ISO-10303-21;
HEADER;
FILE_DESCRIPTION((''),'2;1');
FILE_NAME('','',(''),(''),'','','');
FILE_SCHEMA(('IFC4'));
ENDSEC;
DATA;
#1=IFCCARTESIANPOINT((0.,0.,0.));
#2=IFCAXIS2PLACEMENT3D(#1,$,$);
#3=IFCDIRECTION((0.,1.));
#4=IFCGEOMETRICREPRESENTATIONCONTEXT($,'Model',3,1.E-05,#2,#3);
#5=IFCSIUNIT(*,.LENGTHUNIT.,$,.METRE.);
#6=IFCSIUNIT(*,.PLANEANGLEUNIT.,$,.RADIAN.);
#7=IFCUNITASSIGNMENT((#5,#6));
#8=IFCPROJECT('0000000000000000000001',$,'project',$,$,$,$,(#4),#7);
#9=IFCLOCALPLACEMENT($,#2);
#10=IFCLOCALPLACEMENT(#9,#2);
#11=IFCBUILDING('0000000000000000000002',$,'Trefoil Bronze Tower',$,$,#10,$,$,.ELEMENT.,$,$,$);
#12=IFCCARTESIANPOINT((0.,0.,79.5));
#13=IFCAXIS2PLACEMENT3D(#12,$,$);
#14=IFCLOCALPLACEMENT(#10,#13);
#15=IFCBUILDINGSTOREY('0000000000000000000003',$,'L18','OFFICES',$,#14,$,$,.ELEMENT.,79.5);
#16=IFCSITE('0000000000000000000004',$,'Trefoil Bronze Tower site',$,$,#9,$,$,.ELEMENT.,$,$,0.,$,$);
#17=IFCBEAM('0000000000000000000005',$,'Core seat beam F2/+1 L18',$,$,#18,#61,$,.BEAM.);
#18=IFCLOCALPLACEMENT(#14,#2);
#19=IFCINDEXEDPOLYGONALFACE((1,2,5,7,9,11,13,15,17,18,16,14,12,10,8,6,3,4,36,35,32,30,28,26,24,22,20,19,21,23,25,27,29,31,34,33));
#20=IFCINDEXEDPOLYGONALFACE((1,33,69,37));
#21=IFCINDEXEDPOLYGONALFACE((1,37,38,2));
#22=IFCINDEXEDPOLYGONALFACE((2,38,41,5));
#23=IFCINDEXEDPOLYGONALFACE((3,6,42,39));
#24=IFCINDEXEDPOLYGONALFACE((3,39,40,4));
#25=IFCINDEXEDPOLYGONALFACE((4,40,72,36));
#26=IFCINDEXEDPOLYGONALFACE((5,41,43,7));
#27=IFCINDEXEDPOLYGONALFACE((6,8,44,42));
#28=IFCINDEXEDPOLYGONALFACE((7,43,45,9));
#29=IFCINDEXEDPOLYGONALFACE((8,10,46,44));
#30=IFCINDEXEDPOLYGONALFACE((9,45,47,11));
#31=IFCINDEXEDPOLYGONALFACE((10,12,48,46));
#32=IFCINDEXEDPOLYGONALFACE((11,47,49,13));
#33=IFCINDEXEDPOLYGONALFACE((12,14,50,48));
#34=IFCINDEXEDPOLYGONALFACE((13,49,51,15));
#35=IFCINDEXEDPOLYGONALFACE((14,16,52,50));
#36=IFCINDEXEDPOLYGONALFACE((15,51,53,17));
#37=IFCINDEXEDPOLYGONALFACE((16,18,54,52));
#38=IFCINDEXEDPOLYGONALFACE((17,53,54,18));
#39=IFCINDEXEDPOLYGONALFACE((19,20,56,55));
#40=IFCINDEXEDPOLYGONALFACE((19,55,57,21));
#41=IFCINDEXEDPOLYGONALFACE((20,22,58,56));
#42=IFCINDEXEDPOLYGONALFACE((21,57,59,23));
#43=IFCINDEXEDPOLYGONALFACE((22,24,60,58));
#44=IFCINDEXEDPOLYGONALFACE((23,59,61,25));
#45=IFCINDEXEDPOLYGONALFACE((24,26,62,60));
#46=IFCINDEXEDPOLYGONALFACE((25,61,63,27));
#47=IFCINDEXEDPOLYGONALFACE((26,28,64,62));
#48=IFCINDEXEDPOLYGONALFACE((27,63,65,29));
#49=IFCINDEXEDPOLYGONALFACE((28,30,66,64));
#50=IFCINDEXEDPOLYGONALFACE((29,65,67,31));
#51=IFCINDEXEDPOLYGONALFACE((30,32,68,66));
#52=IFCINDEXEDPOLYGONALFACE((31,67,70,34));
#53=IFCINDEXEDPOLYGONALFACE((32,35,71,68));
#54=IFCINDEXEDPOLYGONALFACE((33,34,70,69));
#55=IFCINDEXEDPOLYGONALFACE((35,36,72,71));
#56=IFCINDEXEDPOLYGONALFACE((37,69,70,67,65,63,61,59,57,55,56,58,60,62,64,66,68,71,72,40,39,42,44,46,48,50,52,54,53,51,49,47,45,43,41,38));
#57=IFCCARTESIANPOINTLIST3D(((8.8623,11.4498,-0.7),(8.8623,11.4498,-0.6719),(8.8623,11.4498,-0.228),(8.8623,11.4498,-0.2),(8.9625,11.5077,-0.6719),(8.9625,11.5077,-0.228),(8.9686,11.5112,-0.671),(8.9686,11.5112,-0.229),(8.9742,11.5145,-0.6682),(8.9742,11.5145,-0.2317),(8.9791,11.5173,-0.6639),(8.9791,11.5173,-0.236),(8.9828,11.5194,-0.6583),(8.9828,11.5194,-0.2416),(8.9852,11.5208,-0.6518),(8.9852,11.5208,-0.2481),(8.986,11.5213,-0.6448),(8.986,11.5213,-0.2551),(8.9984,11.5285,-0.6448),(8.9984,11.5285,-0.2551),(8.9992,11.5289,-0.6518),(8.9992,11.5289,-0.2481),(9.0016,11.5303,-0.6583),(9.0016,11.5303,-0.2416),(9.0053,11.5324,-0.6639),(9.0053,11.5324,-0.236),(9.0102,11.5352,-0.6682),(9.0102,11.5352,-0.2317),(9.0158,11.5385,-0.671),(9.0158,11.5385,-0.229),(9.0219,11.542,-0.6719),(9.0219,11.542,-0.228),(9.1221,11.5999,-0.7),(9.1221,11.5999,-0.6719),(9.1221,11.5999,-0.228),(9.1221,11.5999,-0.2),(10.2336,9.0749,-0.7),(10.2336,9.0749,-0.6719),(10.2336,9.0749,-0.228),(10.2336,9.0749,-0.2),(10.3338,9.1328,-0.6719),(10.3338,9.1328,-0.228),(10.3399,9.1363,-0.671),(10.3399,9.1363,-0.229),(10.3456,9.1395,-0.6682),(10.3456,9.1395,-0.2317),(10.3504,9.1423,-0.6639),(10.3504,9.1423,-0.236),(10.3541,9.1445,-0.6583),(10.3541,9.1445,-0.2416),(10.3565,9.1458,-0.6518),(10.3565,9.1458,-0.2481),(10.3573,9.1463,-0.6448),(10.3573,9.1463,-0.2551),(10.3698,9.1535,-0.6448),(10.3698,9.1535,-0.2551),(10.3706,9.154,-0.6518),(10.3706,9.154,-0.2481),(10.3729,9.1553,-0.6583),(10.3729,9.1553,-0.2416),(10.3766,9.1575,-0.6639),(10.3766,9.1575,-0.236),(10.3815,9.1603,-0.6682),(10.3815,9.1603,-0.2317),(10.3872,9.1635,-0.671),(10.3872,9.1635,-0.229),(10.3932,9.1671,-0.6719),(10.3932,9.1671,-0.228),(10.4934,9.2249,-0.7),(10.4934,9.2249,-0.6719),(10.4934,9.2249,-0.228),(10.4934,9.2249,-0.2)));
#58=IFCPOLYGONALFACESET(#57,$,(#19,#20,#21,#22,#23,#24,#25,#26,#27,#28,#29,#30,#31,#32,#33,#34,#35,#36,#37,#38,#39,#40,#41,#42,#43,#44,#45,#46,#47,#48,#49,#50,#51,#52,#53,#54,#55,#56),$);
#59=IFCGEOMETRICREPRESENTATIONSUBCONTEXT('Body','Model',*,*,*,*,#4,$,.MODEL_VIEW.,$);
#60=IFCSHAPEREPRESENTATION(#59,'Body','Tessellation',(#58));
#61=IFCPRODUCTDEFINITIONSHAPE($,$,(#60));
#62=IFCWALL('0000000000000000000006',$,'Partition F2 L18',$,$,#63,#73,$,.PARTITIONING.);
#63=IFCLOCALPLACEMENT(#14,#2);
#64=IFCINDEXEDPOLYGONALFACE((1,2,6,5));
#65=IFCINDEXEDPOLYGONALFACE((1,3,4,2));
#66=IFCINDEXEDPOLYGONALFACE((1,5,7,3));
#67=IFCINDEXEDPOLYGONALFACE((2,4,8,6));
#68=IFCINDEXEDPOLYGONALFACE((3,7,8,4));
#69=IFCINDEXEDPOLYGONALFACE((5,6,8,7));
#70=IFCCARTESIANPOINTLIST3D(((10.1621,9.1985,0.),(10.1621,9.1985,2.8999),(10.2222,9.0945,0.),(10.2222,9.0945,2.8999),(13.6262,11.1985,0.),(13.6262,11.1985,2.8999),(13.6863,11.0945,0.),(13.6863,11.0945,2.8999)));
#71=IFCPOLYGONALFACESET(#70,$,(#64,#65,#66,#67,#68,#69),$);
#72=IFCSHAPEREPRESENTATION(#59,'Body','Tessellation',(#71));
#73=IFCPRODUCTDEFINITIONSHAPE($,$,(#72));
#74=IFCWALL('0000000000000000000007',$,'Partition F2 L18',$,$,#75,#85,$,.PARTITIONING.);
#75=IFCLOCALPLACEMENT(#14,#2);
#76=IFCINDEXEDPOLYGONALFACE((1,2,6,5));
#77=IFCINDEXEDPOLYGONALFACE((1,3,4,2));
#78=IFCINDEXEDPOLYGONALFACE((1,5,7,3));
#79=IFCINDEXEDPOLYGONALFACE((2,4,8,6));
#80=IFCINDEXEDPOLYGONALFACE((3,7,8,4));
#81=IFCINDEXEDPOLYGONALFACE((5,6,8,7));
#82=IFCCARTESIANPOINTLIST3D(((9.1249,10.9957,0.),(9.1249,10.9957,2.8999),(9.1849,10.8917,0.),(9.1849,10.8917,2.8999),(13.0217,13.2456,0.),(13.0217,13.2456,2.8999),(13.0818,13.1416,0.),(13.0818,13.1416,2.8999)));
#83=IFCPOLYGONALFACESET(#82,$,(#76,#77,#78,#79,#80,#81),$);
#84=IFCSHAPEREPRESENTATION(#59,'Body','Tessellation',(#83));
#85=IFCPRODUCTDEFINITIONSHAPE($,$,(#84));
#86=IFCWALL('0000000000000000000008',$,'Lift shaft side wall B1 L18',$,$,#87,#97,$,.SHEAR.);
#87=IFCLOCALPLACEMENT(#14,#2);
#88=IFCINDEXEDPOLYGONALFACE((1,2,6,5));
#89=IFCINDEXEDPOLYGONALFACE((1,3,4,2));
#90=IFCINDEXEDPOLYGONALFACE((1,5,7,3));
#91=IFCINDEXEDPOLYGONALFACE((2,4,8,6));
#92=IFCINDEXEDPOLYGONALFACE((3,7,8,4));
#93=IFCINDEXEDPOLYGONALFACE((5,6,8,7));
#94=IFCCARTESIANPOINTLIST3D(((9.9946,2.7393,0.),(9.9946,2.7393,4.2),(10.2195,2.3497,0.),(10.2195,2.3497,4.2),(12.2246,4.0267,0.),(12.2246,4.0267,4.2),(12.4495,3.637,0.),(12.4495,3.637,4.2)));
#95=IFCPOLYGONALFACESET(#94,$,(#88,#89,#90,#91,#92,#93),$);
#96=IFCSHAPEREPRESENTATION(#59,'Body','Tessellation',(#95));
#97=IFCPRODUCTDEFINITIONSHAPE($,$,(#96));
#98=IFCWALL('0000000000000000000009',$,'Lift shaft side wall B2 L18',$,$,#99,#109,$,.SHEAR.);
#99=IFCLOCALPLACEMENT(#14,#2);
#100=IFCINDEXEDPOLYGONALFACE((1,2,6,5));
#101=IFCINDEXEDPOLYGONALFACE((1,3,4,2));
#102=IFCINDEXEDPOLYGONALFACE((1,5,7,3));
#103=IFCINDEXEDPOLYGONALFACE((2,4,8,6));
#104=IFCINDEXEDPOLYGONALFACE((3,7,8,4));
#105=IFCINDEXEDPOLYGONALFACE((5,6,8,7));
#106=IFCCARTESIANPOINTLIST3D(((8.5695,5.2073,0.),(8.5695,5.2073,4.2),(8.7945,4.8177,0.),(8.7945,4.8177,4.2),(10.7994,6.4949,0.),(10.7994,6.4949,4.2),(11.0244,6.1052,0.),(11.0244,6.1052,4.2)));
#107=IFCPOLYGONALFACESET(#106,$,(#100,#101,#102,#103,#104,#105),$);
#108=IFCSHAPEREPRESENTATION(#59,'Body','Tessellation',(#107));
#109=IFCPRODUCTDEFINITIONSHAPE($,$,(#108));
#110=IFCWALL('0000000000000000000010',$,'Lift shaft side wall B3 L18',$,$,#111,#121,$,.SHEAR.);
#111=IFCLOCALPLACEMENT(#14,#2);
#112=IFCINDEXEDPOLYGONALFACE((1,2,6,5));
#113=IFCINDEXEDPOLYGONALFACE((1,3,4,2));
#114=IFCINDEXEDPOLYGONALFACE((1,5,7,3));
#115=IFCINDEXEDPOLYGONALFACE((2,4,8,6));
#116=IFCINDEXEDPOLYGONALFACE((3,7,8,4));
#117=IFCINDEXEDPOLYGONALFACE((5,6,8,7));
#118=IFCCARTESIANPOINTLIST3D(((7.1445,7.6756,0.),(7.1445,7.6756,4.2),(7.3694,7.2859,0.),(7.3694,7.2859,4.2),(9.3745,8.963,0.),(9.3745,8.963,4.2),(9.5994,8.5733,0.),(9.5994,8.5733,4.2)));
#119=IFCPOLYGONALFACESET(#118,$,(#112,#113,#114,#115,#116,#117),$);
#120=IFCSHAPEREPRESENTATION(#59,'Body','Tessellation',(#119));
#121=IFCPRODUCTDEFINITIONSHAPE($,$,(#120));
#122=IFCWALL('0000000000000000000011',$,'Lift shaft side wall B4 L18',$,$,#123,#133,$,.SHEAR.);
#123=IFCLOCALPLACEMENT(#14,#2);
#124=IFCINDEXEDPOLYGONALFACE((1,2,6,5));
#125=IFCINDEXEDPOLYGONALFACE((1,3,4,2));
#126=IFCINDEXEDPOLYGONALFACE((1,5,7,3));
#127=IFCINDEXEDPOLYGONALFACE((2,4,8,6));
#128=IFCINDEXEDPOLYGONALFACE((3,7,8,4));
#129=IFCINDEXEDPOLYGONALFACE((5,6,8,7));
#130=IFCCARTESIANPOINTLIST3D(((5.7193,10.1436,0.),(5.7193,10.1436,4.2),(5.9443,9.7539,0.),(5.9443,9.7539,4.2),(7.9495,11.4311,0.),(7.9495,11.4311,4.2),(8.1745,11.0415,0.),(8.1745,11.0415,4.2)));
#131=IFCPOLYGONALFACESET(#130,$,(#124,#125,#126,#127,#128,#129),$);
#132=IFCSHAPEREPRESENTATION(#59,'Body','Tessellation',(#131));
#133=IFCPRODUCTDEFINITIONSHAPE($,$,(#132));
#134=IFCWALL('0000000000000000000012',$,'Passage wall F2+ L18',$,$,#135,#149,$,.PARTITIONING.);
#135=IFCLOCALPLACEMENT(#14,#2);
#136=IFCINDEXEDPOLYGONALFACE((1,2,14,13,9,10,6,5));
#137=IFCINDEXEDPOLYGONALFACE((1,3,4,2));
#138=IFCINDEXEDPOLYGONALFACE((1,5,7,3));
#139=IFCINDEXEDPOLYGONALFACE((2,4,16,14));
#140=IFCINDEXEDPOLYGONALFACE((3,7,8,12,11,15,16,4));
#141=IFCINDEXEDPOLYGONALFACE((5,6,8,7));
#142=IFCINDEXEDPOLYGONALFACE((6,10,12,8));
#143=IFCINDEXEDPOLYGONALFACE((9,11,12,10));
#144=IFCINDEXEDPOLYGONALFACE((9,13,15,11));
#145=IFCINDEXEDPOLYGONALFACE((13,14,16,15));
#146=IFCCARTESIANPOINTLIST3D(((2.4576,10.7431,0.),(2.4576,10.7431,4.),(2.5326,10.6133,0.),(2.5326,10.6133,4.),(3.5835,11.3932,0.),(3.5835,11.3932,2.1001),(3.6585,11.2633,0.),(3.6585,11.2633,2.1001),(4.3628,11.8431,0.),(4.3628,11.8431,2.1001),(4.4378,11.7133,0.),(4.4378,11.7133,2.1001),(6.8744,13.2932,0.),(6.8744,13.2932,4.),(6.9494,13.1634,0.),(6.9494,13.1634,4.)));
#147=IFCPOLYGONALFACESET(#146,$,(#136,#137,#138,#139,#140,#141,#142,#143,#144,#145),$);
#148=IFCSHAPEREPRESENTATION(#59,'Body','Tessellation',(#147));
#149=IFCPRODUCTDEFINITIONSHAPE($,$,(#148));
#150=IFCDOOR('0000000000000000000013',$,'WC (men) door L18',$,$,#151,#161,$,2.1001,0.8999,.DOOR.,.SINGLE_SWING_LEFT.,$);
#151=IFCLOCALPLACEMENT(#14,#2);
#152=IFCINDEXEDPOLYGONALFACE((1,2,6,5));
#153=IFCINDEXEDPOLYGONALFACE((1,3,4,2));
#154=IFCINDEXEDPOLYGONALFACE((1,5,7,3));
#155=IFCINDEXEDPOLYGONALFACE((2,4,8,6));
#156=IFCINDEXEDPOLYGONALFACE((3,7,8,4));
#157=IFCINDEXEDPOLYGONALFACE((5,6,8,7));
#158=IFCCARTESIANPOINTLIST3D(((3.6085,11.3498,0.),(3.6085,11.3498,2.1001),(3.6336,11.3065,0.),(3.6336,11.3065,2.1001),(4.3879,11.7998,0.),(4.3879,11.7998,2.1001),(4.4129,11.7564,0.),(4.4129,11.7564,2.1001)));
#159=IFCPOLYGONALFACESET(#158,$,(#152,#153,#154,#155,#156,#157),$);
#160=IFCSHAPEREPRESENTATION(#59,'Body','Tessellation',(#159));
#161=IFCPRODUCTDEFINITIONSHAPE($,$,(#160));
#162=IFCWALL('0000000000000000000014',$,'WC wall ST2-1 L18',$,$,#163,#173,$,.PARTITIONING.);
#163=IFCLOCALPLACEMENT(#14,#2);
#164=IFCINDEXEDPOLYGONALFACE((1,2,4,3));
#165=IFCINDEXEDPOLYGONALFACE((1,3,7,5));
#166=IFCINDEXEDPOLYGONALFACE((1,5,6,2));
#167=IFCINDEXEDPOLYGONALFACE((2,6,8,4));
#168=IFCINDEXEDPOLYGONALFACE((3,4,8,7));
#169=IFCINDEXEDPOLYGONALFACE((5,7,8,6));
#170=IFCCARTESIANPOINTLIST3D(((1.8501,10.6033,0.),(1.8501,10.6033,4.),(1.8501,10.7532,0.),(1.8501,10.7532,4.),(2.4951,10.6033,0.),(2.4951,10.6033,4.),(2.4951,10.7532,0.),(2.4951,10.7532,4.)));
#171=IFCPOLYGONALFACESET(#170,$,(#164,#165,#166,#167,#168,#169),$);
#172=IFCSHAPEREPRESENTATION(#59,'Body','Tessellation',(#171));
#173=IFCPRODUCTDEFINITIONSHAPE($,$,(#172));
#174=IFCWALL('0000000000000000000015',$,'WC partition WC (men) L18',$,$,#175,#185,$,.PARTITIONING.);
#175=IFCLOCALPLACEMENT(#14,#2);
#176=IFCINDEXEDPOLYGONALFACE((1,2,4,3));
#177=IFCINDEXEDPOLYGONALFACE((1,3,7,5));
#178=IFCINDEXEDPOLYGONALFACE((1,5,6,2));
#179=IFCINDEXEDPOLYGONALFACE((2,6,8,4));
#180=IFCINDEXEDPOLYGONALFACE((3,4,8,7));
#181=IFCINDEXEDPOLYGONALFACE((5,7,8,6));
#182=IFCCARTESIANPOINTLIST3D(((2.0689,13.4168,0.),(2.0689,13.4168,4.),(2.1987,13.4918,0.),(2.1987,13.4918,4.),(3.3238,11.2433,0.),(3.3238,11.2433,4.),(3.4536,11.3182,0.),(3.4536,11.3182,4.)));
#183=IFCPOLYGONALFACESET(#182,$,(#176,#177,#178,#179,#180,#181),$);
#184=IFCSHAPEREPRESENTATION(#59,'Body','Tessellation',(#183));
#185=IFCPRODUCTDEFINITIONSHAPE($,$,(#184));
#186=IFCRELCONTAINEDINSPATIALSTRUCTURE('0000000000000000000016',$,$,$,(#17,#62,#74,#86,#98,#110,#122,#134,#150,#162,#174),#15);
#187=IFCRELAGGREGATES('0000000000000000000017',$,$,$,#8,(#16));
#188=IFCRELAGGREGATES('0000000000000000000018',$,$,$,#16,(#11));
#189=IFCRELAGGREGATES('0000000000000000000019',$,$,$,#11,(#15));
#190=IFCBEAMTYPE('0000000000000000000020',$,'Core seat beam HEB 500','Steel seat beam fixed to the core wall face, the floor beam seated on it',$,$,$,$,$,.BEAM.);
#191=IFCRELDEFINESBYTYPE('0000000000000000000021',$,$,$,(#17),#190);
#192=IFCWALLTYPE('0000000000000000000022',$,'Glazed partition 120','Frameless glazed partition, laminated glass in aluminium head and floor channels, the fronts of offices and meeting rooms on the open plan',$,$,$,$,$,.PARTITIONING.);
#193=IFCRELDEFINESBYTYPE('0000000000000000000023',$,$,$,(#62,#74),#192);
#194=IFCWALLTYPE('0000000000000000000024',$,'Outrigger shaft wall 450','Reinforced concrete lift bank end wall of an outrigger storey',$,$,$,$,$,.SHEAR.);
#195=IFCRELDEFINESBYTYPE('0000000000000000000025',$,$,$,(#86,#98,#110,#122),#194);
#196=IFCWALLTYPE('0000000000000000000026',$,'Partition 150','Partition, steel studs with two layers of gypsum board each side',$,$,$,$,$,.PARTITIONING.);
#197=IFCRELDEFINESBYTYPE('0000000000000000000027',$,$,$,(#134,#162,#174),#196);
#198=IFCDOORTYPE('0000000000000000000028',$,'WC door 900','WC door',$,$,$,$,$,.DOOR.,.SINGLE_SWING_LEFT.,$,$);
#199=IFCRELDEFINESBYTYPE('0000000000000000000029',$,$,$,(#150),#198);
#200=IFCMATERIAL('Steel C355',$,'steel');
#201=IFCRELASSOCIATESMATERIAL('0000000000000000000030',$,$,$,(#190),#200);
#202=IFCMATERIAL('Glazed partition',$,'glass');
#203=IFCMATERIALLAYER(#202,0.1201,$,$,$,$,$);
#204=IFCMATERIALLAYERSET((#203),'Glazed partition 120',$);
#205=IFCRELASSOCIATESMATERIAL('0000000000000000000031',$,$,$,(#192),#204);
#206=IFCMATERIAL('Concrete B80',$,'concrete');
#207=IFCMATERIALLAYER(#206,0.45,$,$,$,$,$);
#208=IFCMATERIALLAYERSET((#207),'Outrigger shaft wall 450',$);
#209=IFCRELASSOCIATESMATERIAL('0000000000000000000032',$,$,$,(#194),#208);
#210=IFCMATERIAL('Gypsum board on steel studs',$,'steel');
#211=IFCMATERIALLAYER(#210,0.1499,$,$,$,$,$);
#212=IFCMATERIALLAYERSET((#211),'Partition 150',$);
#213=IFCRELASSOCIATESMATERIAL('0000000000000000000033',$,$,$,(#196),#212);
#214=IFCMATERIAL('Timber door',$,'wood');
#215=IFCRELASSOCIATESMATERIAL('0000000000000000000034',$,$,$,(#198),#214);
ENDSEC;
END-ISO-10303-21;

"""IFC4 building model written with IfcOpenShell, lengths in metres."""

from ifc_helpers import new_model, si_unit, direction, frame, frame_2d, origin, origin_2d, place, context, subcontext, project, spatial, rectangle, i_section, extrude, material, layer, layer_set, material_profile, profile_set, type_object, element, fill, save


model = new_model("IFC4")

# Units and contexts
model_context = context("Model", 3, precision=1e-05, world=origin(), true_north=direction((0.0, 1.0)))
body_context = subcontext(model_context, "Body", "Model", "MODEL_VIEW")
ifc_project = project(units=[si_unit("LENGTHUNIT", "METRE"), si_unit("PLANEANGLEUNIT", "RADIAN")], contexts=[model_context])

# Site, building, storey
site_placement = place(None, origin())
site = spatial("IfcSite", under=ifc_project, at=site_placement, Name="Trefoil Bronze Tower site", CompositionType="ELEMENT", RefElevation=0.0)
building_placement = place(site_placement, origin())
building = spatial("IfcBuilding", under=site, at=building_placement, Name="Trefoil Bronze Tower", CompositionType="ELEMENT")
storey_placement = place(building_placement, frame((0.0, 0.0, 79.5)))
storey = spatial("IfcBuildingStorey", under=building, at=storey_placement, Name="L18", Description="OFFICES", CompositionType="ELEMENT", Elevation=79.5)

# Beam
ifc_material_1 = material(Name="Steel C355", Category="steel")
ifc_material_profile = material_profile(ifc_material_1, i_section(OverallWidth=0.3, OverallDepth=0.5, WebThickness=0.0144, FlangeThickness=0.0281, FilletRadius=0.0271, at=origin_2d()), Name="HEB 500")
ifc_profile_set = profile_set([ifc_material_profile], Name="Steel C355")
beam_type = type_object("IfcBeamType", Name="Core seat beam HEB 500", Description="Steel seat beam fixed to the core wall face, the floor beam seated on it", PredefinedType="BEAM", material=ifc_profile_set)
beam_placement = place(storey_placement, frame((10.3635, 9.1499, -0.45), z_axis=(-0.500036, 0.866005, 0.0), x_axis=(-0.866005, -0.500036, 0.0)))
element("IfcBeam", 1, at=beam_placement, inside=storey, type_object=beam_type, Name="Core seat beam F2/+1 L18", PredefinedType="BEAM", context=body_context, shape_type="SweptSolid", body=[
    extrude(i_section(OverallWidth=0.3, OverallDepth=0.5, WebThickness=0.0144, FlangeThickness=0.0281, FilletRadius=0.0271, at=origin_2d()), origin(), (0.0, 0.0, 1.0), 2.7424),
])

# Walls
ifc_material_2 = material(Name="Glazed partition", Category="glass")
ifc_layer_1 = layer(ifc_material_2, 0.1201)
ifc_layer_set_1 = layer_set([ifc_layer_1], Name="Glazed partition 120")
wall_type_1 = type_object("IfcWallType", Name="Glazed partition 120", Description="Frameless glazed partition, laminated glass in aluminium head and floor channels, the fronts of offices and meeting rooms on the open plan", PredefinedType="PARTITIONING", material=ifc_layer_set_1)
wall_1_placement = place(storey_placement, frame((10.1921, 9.1465, 0.0), z_axis=(0.0, 0.0, 1.0), x_axis=(0.866026, 0.499999, 0.0)))
element("IfcWall", 2, at=wall_1_placement, inside=storey, type_object=wall_type_1, Name="Partition F2 L18", PredefinedType="PARTITIONING", context=body_context, shape_type="SweptSolid", body=[
    extrude(rectangle(XDim=4.0, YDim=0.1201, at=frame_2d((2.0, 0.0))), origin(), (0.0, 0.0, 1.0), 2.8999),
])
wall_2_placement = place(storey_placement, frame((9.1548, 10.9436, 0.0), z_axis=(0.0, 0.0, 1.0), x_axis=(0.866018, 0.500014, 0.0)))
element("IfcWall", 3, at=wall_2_placement, inside=storey, type_object=wall_type_1, Name="Partition F2 L18", PredefinedType="PARTITIONING", context=body_context, shape_type="SweptSolid", body=[
    extrude(rectangle(XDim=4.4998, YDim=0.1201, at=frame_2d((2.25, 0.0))), origin(), (0.0, 0.0, 1.0), 2.8999),
])
ifc_material_3 = material(Name="Concrete B80", Category="concrete")
ifc_layer_2 = layer(ifc_material_3, 0.45)
ifc_layer_set_2 = layer_set([ifc_layer_2], Name="Outrigger shaft wall 450")
wall_type_2 = type_object("IfcWallType", Name="Outrigger shaft wall 450", Description="Reinforced concrete lift bank end wall of an outrigger storey", PredefinedType="SHEAR", material=ifc_layer_set_2)
for number, where, z_axis, x_axis, name in (
    (4, (10.1069, 2.5444, 0.0), (0.0, 0.0, 1.0), (0.866047, 0.499963, 0.0), "Lift shaft side wall B1 L18"),
    (5, (8.6819, 5.0125, 0.0), (0.0, 0.0, 1.0), (0.866006, 0.500034, 0.0), "Lift shaft side wall B2 L18"),
    (6, (7.2568, 7.4807, 0.0), (0.0, 0.0, 1.0), (0.866047, 0.499963, 0.0), "Lift shaft side wall B3 L18"),
):
    element("IfcWall", number, at=place(storey_placement, frame(where, z_axis=z_axis, x_axis=x_axis)), inside=storey, type_object=wall_type_2, Name=name, PredefinedType="SHEAR", context=body_context, shape_type="SweptSolid", body=[
        extrude(rectangle(XDim=2.575, YDim=0.45, at=frame_2d((1.2876, 0.0))), origin(), (0.0, 0.0, 1.0), 4.2),
    ])
wall_3_placement = place(storey_placement, frame((5.8318, 9.9487, 0.0), z_axis=(0.0, 0.0, 1.0), x_axis=(0.866029, 0.499993, 0.0)))
element("IfcWall", 7, at=wall_3_placement, inside=storey, type_object=wall_type_2, Name="Lift shaft side wall B4 L18", PredefinedType="SHEAR", context=body_context, shape_type="SweptSolid", body=[
    extrude(rectangle(XDim=2.5752, YDim=0.45, at=frame_2d((1.2876, 0.0))), origin(), (0.0, 0.0, 1.0), 4.2),
])

# Wall, opening, door
ifc_material_4 = material(Name="Gypsum board on steel studs", Category="steel")
ifc_layer_3 = layer(ifc_material_4, 0.1499)
ifc_layer_set_3 = layer_set([ifc_layer_3], Name="Partition 150")
wall_type_3 = type_object("IfcWallType", Name="Partition 150", Description="Partition, steel studs with two layers of gypsum board each side", PredefinedType="PARTITIONING", material=ifc_layer_set_3)
wall_4_placement = place(storey_placement, frame((2.4951, 10.6782, 0.0), z_axis=(0.0, 0.0, 1.0), x_axis=(0.866022, 0.500006, 0.0)))
wall_4 = element("IfcWall", 8, at=wall_4_placement, inside=storey, type_object=wall_type_3, Name="Passage wall F2+ L18", PredefinedType="PARTITIONING", context=body_context, shape_type="SweptSolid", body=[
    extrude(rectangle(XDim=5.1001, YDim=0.1499, at=frame_2d((2.55, 0.0))), origin(), (0.0, 0.0, 1.0), 4.0),
])
opening_1_placement = place(wall_4_placement, frame((1.3, 0.0, 0.0)))
opening_1 = element("IfcOpeningElement", 9, at=opening_1_placement, cuts=wall_4, PredefinedType="OPENING", context=body_context, shape_type="SweptSolid", body=[
    extrude(rectangle(XDim=0.8999, YDim=2.1001, at=frame_2d((0.45, 1.05))), frame((0.0, 0.085, 0.0), z_axis=(0.0, -1.0, 0.0), x_axis=(1.0, 0.0, 0.0)), (0.0, 0.0, 1.0), 0.1699),
])
ifc_material_5 = material(Name="Timber door", Category="wood")
door_type_1 = type_object("IfcDoorType", Name="WC door 900", Description="WC door", OperationType="SINGLE_SWING_LEFT", PredefinedType="DOOR", material=ifc_material_5)
door_1_placement = place(opening_1_placement, origin())
door_1 = element("IfcDoor", 10, at=door_1_placement, inside=storey, type_object=door_type_1, Name="WC (men) door L18", OperationType="SINGLE_SWING_LEFT", OverallHeight=2.1001, OverallWidth=0.8999, PredefinedType="DOOR", context=body_context, shape_type="SweptSolid", body=[
    extrude(rectangle(XDim=0.8999, YDim=2.1001, at=frame_2d((0.45, 1.05))), frame((0.0, 0.0249, 0.0), z_axis=(0.0, -1.0, 0.0), x_axis=(1.0, 0.0, 0.0)), (0.0, 0.0, 1.0), 0.05),
])
fill(opening_1, door_1)

# Walls
wall_5_placement = place(storey_placement, frame((2.4951, 10.6782, 0.0), z_axis=(0.0, 0.0, 1.0), x_axis=(-1.0, 0.0, 0.0)))
element("IfcWall", 11, at=wall_5_placement, inside=storey, type_object=wall_type_3, Name="WC wall ST2-1 L18", PredefinedType="PARTITIONING", context=body_context, shape_type="SweptSolid", body=[
    extrude(rectangle(XDim=0.645, YDim=0.1499, at=frame_2d((0.3225, 0.0))), origin(), (0.0, 0.0, 1.0), 4.0),
])
wall_6_placement = place(storey_placement, frame((3.3887, 11.2808, 0.0), z_axis=(0.0, 0.0, 1.0), x_axis=(-0.499989, 0.866032, 0.0)))
element("IfcWall", 12, at=wall_6_placement, inside=storey, type_object=wall_type_3, Name="WC partition WC (men) L18", PredefinedType="PARTITIONING", context=body_context, shape_type="SweptSolid", body=[
    extrude(rectangle(XDim=2.5098, YDim=0.1499, at=frame_2d((1.2549, 0.0))), origin(), (0.0, 0.0, 1.0), 4.0),
])

save(model, "model.ifc")
